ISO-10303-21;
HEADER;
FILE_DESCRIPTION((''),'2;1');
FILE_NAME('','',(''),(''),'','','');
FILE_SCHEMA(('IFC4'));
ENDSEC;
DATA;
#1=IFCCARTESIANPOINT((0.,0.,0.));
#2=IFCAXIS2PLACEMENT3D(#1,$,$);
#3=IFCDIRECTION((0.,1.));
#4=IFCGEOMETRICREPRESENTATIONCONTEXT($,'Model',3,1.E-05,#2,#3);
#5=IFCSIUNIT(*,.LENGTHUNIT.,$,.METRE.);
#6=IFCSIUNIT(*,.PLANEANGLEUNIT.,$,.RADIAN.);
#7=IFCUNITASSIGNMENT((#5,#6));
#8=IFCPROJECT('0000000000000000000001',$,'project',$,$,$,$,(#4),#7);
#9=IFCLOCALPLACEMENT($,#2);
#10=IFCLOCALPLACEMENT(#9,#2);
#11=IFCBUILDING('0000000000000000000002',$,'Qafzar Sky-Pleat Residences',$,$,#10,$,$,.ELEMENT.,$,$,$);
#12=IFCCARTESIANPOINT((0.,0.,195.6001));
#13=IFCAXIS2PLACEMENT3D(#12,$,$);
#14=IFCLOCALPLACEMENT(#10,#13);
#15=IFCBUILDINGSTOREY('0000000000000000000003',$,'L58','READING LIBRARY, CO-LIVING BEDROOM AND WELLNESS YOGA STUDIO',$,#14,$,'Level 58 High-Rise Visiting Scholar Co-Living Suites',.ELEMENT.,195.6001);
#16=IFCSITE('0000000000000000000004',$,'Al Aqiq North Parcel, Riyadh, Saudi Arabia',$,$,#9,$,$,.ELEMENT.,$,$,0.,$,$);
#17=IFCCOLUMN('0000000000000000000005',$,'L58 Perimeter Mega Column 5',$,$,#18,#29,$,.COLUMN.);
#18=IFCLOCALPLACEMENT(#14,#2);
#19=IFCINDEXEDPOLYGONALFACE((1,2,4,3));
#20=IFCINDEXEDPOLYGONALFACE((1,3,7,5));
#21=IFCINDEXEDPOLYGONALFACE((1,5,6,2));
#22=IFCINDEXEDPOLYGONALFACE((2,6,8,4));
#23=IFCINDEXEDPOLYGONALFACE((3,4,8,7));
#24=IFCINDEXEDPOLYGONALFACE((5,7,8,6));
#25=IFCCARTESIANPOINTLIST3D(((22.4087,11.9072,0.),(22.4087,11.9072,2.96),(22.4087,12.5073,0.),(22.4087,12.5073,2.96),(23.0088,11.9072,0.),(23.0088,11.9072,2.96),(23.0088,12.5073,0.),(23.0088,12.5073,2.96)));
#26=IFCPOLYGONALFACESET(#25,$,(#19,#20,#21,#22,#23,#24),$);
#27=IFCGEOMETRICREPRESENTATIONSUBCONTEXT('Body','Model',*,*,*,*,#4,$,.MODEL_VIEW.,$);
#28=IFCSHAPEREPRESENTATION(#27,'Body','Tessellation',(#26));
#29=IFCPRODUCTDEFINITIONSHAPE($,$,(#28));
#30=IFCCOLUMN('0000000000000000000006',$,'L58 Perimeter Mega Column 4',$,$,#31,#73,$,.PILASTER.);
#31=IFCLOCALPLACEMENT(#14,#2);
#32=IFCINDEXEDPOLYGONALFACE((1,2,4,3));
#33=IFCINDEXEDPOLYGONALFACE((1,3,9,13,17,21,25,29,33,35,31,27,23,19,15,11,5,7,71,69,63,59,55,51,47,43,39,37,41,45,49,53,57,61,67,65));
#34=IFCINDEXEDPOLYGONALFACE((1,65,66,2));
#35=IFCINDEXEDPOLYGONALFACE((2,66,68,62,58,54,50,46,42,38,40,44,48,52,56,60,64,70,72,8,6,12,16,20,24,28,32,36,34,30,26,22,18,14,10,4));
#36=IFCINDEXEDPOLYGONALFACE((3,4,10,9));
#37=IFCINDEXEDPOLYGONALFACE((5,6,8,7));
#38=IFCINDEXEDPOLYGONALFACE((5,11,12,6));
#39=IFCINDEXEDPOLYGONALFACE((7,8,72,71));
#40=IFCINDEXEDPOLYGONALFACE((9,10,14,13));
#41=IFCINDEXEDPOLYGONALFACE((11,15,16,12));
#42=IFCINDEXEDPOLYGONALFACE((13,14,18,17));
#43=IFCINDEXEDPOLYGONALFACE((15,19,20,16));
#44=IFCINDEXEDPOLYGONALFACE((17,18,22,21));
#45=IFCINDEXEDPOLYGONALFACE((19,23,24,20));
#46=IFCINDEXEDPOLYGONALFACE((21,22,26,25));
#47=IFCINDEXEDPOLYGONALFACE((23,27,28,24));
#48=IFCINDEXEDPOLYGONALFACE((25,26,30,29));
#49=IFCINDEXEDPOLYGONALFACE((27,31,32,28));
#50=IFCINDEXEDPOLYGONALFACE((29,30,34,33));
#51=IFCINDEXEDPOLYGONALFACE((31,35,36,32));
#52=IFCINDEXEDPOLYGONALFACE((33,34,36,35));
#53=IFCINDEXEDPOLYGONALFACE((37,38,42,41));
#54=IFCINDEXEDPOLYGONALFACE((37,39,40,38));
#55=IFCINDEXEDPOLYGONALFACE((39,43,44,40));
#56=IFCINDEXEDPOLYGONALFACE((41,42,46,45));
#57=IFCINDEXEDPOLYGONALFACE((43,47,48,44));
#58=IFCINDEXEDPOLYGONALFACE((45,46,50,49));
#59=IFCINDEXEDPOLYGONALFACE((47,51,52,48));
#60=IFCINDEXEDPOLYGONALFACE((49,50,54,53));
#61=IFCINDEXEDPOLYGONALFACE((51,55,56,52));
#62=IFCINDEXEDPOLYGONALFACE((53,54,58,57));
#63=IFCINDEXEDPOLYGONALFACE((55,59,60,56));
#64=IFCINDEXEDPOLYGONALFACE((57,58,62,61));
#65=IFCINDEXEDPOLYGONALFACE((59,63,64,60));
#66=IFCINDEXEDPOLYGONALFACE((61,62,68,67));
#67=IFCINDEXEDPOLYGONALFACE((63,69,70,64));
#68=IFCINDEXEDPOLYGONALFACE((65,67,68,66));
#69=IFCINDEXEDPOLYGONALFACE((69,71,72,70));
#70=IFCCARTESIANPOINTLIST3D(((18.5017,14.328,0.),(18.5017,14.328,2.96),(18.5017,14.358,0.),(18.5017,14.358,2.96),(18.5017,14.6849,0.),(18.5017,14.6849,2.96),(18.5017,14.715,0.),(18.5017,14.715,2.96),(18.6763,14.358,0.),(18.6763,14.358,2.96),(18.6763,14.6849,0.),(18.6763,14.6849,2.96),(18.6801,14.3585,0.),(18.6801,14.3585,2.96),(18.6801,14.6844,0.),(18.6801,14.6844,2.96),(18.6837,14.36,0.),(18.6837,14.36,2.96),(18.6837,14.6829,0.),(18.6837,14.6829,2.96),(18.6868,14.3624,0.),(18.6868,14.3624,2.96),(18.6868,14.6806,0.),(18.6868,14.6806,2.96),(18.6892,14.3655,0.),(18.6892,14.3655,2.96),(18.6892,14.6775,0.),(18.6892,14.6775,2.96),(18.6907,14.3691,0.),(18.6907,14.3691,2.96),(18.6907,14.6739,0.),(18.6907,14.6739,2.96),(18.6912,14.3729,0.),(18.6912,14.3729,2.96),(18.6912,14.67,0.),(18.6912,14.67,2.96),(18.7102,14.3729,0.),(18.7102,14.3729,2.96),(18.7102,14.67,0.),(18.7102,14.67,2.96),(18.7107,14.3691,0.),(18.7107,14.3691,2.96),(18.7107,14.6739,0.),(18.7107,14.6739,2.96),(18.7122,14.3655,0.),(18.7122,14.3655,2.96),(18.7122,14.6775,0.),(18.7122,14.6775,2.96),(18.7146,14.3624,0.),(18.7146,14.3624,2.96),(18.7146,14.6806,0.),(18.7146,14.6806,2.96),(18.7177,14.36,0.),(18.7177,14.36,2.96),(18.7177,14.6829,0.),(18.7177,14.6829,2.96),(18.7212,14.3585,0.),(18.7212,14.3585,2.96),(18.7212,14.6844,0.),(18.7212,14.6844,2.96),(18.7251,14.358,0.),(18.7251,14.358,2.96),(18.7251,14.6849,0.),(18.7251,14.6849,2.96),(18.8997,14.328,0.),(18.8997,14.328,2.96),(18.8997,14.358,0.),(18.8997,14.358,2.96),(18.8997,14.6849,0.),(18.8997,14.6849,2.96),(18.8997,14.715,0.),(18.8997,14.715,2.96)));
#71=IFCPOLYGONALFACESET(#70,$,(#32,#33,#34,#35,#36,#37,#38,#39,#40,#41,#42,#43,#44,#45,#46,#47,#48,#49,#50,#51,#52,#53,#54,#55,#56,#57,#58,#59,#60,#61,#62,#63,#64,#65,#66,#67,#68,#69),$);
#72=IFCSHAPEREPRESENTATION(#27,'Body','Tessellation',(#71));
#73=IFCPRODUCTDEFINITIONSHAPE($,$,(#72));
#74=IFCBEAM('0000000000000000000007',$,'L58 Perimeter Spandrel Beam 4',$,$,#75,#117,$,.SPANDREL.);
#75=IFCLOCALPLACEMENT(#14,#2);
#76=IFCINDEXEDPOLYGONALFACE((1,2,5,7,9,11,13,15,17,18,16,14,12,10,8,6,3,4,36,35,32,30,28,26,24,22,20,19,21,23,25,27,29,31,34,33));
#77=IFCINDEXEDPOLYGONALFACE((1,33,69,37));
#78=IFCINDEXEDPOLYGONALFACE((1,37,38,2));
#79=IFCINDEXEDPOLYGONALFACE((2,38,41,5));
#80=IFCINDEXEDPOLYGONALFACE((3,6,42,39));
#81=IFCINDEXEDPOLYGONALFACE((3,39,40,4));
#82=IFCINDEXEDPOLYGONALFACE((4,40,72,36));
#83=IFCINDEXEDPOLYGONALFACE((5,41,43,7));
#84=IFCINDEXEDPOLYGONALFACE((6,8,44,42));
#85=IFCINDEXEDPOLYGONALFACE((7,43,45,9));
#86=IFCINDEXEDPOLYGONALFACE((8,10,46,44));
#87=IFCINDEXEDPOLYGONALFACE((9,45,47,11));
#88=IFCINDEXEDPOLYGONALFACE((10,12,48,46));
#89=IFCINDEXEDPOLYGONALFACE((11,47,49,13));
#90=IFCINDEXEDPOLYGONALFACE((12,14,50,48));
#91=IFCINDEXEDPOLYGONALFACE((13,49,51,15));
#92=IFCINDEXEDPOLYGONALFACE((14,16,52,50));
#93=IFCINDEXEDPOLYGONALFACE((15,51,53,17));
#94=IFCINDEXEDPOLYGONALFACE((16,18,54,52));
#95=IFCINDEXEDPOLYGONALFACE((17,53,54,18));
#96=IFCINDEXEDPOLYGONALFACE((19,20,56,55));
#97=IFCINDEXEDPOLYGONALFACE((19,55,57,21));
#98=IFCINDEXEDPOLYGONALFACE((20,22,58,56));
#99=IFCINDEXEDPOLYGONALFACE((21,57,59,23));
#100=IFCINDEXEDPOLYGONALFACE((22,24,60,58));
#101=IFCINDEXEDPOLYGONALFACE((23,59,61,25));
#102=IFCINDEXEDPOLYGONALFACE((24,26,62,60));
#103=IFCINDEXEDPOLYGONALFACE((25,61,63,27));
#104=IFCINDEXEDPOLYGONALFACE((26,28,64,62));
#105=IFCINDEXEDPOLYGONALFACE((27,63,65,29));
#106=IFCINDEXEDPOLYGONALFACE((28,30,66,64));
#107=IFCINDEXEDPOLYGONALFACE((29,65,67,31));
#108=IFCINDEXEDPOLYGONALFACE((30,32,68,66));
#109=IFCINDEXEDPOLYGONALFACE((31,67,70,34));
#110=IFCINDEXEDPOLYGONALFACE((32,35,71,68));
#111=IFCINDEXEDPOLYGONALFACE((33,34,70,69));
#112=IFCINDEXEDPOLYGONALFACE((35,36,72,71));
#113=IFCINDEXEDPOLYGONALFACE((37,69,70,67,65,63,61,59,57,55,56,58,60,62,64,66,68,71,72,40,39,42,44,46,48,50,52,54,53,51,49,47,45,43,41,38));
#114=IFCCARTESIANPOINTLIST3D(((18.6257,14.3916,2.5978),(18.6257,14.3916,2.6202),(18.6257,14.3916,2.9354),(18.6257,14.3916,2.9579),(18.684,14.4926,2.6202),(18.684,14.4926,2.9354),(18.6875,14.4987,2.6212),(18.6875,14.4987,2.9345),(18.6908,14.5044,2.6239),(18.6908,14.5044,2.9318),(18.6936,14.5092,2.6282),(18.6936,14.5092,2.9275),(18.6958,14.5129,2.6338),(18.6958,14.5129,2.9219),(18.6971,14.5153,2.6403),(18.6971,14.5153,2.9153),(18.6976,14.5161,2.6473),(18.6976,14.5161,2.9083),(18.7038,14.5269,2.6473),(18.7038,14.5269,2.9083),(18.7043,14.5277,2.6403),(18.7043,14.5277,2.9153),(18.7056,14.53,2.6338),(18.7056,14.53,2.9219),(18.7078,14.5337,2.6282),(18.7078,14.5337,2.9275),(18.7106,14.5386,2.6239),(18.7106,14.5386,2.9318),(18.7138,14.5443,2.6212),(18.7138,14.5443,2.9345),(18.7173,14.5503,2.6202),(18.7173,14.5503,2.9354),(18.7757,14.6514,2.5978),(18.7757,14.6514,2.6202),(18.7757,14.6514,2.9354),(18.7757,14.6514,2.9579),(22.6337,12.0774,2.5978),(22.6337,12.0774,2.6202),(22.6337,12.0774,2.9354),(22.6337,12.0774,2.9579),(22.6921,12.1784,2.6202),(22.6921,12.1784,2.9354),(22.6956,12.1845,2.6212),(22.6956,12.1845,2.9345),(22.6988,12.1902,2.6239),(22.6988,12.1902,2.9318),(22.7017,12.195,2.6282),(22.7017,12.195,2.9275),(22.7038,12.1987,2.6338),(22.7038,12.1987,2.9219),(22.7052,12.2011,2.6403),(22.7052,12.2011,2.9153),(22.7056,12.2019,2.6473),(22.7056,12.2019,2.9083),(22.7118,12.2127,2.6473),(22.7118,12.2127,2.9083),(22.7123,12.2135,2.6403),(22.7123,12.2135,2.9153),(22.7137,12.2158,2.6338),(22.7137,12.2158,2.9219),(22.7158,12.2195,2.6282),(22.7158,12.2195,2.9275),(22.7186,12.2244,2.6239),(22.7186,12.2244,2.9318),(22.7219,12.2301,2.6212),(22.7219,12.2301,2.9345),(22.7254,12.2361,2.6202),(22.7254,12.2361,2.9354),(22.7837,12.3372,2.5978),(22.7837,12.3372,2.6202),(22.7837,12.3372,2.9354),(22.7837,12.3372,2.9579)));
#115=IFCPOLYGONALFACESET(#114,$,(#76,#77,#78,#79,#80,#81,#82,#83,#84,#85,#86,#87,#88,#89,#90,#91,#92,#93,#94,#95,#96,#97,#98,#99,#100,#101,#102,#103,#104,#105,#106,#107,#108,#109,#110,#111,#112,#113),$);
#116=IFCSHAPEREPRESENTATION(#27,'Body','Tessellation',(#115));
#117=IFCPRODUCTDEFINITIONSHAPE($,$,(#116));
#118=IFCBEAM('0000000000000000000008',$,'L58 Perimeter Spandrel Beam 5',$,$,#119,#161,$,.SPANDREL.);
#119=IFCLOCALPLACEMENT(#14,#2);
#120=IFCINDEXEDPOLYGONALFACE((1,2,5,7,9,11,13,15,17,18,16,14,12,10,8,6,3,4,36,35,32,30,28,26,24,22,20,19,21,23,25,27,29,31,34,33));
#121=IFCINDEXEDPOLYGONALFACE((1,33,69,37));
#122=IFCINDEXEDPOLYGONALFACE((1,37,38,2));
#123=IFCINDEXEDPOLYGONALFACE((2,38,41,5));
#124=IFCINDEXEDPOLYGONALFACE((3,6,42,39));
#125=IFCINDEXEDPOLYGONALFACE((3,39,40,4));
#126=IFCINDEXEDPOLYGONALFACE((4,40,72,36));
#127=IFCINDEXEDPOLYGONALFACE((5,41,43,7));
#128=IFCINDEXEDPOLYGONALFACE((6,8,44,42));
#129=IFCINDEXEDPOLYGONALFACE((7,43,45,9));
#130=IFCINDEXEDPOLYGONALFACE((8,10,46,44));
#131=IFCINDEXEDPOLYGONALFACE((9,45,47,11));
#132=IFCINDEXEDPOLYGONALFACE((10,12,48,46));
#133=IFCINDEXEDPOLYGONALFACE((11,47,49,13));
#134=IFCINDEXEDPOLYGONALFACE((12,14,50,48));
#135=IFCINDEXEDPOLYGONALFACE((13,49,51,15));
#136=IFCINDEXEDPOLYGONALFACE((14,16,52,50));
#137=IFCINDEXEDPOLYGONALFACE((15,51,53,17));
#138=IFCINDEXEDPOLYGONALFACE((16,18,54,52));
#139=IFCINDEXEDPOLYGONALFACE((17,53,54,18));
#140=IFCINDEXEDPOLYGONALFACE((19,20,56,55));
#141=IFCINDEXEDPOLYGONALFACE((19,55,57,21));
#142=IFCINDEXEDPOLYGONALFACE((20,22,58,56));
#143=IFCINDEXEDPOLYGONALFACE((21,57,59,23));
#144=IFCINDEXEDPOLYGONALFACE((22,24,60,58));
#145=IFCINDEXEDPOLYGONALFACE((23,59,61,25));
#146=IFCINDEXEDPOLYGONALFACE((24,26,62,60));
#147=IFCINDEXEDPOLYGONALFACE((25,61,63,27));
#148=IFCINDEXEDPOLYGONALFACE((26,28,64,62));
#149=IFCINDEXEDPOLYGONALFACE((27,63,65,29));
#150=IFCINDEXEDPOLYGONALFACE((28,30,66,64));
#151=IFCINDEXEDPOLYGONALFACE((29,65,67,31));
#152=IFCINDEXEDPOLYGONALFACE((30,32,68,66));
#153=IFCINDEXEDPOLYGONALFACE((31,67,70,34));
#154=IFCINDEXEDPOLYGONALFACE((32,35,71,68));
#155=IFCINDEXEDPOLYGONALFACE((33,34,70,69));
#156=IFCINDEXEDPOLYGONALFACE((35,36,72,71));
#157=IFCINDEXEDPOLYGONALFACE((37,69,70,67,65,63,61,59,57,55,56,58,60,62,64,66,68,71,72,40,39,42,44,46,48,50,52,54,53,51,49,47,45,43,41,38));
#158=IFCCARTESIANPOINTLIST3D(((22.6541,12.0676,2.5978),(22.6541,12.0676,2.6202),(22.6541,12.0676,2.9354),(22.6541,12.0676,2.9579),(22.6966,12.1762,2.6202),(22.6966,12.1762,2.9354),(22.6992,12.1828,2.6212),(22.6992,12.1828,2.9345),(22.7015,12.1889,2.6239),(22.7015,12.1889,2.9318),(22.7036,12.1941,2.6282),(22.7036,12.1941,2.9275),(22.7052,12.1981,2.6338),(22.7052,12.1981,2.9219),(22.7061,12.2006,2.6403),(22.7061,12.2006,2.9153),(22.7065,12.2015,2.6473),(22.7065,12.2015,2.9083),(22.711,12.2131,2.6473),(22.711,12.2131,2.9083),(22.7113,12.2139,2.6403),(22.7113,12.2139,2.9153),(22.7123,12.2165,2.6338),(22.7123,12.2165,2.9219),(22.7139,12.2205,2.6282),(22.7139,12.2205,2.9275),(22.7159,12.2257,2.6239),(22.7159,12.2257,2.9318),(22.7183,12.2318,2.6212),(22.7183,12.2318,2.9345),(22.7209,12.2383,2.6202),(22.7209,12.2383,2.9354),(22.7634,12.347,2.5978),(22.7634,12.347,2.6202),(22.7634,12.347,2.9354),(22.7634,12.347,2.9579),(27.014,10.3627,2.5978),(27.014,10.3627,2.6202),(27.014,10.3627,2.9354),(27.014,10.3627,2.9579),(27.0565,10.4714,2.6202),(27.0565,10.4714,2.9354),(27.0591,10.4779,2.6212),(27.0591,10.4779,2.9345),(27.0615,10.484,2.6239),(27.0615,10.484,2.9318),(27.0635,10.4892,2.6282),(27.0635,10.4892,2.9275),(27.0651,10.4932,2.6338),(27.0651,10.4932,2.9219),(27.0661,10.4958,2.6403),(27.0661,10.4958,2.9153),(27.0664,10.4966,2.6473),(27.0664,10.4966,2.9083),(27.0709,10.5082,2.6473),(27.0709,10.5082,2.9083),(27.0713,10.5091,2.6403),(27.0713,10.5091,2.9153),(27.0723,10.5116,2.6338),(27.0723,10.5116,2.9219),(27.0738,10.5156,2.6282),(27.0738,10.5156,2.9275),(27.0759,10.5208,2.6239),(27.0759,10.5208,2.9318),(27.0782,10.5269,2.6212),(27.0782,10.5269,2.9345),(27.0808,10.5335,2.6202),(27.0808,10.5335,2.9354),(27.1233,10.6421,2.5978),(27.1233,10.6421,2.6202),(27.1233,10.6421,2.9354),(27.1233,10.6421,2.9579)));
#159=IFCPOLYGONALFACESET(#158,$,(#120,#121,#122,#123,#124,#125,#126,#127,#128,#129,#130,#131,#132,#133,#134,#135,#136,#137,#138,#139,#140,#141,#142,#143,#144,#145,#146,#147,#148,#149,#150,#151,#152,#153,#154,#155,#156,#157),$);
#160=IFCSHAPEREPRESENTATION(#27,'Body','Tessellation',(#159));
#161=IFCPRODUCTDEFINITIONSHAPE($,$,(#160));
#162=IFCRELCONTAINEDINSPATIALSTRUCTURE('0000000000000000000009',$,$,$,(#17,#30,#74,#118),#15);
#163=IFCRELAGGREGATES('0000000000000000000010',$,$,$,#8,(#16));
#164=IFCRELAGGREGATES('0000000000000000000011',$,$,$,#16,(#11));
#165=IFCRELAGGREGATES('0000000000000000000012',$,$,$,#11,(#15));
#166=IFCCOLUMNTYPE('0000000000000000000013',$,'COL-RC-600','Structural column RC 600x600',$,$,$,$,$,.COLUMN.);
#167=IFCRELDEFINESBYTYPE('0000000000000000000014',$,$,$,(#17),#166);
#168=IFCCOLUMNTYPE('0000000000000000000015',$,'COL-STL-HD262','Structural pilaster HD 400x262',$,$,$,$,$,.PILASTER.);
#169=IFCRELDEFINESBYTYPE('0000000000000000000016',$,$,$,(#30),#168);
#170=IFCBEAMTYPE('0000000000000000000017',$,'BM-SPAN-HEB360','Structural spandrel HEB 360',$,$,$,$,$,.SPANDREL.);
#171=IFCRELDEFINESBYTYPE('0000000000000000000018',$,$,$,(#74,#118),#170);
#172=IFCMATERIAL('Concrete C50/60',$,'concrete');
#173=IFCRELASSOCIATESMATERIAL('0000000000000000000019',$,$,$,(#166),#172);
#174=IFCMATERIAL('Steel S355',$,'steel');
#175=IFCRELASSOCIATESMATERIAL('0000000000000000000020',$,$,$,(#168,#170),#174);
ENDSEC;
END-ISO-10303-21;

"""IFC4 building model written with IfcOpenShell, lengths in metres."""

from ifc_helpers import new_model, si_unit, direction, frame, origin, origin_2d, place, context, subcontext, project, spatial, rectangle, i_section, extrude, source, transform, mapped, material, material_profile, profile_set, type_object, element, save


model = new_model("IFC4")

# Units and contexts
model_context = context("Model", 3, precision=1e-05, world=origin(), true_north=direction((0.0, 1.0)))
body_context = subcontext(model_context, "Body", "Model", "MODEL_VIEW")
ifc_project = project(units=[si_unit("LENGTHUNIT", "METRE"), si_unit("PLANEANGLEUNIT", "RADIAN")], contexts=[model_context])

# Site, building, storey
site_placement = place(None, origin())
site = spatial("IfcSite", under=ifc_project, at=site_placement, Name="Al Aqiq North Parcel, Riyadh, Saudi Arabia", CompositionType="ELEMENT", RefElevation=0.0)
building_placement = place(site_placement, origin())
building = spatial("IfcBuilding", under=site, at=building_placement, Name="Qafzar Sky-Pleat Residences", CompositionType="ELEMENT")
storey_placement = place(building_placement, frame((0.0, 0.0, 195.6001)))
storey = spatial("IfcBuildingStorey", under=building, at=storey_placement, Name="L58", Description="READING LIBRARY, CO-LIVING BEDROOM AND WELLNESS YOGA STUDIO", LongName="Level 58 High-Rise Visiting Scholar Co-Living Suites", CompositionType="ELEMENT", Elevation=195.6001)

# Columns
ifc_material_1 = material(Name="Concrete C50/60", Category="concrete")
ifc_material_profile_1 = material_profile(ifc_material_1, rectangle(XDim=0.6001, YDim=0.6001, at=origin_2d()), Name="RC 600x600")
ifc_profile_set_1 = profile_set([ifc_material_profile_1], Name="Concrete C50/60")
column_type_1 = type_object("IfcColumnType", Name="COL-RC-600", Description="Structural column RC 600x600", PredefinedType="COLUMN", material=ifc_profile_set_1)
shared_shape_1 = source(origin(), body_context, "Body", "SweptSolid", [
    extrude(rectangle(XDim=0.6001, YDim=0.6001, at=origin_2d()), origin(), (0.0, 0.0, 1.0), 2.96),
])
column_1_placement = place(storey_placement, frame((22.7087, 12.2073, 0.0), z_axis=(0.0, 0.0, 1.0), x_axis=(1.0, 0.0, 0.0)))
element("IfcColumn", 1, at=column_1_placement, inside=storey, type_object=column_type_1, Name="L58 Perimeter Mega Column 5", PredefinedType="COLUMN", context=body_context, shape_type="MappedRepresentation", body=[
    mapped(shared_shape_1, transform((0.0, 0.0, 0.0), x_axis=(1.0, 0.0, 0.0), y_axis=(0.0, 1.0, 0.0), z_axis=(0.0, 0.0, 1.0), scale=1.0)),
])
ifc_material_2 = material(Name="Steel S355", Category="steel")
ifc_material_profile_2 = material_profile(ifc_material_2, i_section(OverallWidth=0.3979, OverallDepth=0.387, WebThickness=0.019, FlangeThickness=0.03, FilletRadius=0.0149, at=origin_2d()), Name="HD 400x262")
ifc_profile_set_2 = profile_set([ifc_material_profile_2], Name="Steel S355")
column_type_2 = type_object("IfcColumnType", Name="COL-STL-HD262", Description="Structural pilaster HD 400x262", PredefinedType="PILASTER", material=ifc_profile_set_2)
shared_shape_2 = source(origin(), body_context, "Body", "SweptSolid", [
    extrude(i_section(OverallWidth=0.3979, OverallDepth=0.387, WebThickness=0.019, FlangeThickness=0.03, FilletRadius=0.0149, at=origin_2d()), origin(), (0.0, 0.0, 1.0), 2.96),
])
column_2_placement = place(storey_placement, frame((18.7007, 14.5215, 0.0), z_axis=(0.0, 0.0, 1.0), x_axis=(1.0, 0.0, 0.0)))
element("IfcColumn", 2, at=column_2_placement, inside=storey, type_object=column_type_2, Name="L58 Perimeter Mega Column 4", PredefinedType="PILASTER", context=body_context, shape_type="MappedRepresentation", body=[
    mapped(shared_shape_2, transform((0.0, 0.0, 0.0), x_axis=(1.0, 0.0, 0.0), y_axis=(0.0, 1.0, 0.0), z_axis=(0.0, 0.0, 1.0), scale=1.0)),
])

# Beams
ifc_material_profile_3 = material_profile(ifc_material_2, i_section(OverallWidth=0.3, OverallDepth=0.3601, WebThickness=0.0125, FlangeThickness=0.0225, FilletRadius=0.0271, at=origin_2d()), Name="HEB 360")
ifc_profile_set_3 = profile_set([ifc_material_profile_3], Name="Steel S355")
beam_type_1 = type_object("IfcBeamType", Name="BM-SPAN-HEB360", Description="Structural spandrel HEB 360", PredefinedType="SPANDREL", material=ifc_profile_set_3)
shared_shape_3 = source(origin(), body_context, "Body", "SweptSolid", [
    extrude(i_section(OverallWidth=0.3, OverallDepth=0.3601, WebThickness=0.0125, FlangeThickness=0.0225, FilletRadius=0.0271, at=origin_2d()), origin(), (0.0, 0.0, 1.0), 4.6282),
])
beam_1_placement = place(storey_placement, frame((18.7007, 14.5215, 2.7778), z_axis=(0.866011, -0.500025, 0.0), x_axis=(0.500025, 0.866011, 0.0)))
element("IfcBeam", 3, at=beam_1_placement, inside=storey, type_object=beam_type_1, Name="L58 Perimeter Spandrel Beam 4", PredefinedType="SPANDREL", context=body_context, shape_type="MappedRepresentation", body=[
    mapped(shared_shape_3, transform((0.0, 0.0, 0.0), x_axis=(1.0, 0.0, 0.0), y_axis=(0.0, 1.0, 0.0), z_axis=(0.0, 0.0, 1.0), scale=1.0)),
])
shared_shape_4 = source(origin(), body_context, "Body", "SweptSolid", [
    extrude(i_section(OverallWidth=0.3, OverallDepth=0.3601, WebThickness=0.0125, FlangeThickness=0.0225, FilletRadius=0.0271, at=origin_2d()), origin(), (0.0, 0.0, 1.0), 4.6814),
])
beam_2_placement = place(storey_placement, frame((22.7087, 12.2073, 2.7778), z_axis=(0.93133, -0.364177, 0.0), x_axis=(0.364177, 0.93133, 0.0)))
element("IfcBeam", 4, at=beam_2_placement, inside=storey, type_object=beam_type_1, Name="L58 Perimeter Spandrel Beam 5", PredefinedType="SPANDREL", context=body_context, shape_type="MappedRepresentation", body=[
    mapped(shared_shape_4, transform((0.0, 0.0, 0.0), x_axis=(1.0, 0.0, 0.0), y_axis=(0.0, 1.0, 0.0), z_axis=(0.0, 0.0, 1.0), scale=1.0)),
])

save(model, "model.ifc")
